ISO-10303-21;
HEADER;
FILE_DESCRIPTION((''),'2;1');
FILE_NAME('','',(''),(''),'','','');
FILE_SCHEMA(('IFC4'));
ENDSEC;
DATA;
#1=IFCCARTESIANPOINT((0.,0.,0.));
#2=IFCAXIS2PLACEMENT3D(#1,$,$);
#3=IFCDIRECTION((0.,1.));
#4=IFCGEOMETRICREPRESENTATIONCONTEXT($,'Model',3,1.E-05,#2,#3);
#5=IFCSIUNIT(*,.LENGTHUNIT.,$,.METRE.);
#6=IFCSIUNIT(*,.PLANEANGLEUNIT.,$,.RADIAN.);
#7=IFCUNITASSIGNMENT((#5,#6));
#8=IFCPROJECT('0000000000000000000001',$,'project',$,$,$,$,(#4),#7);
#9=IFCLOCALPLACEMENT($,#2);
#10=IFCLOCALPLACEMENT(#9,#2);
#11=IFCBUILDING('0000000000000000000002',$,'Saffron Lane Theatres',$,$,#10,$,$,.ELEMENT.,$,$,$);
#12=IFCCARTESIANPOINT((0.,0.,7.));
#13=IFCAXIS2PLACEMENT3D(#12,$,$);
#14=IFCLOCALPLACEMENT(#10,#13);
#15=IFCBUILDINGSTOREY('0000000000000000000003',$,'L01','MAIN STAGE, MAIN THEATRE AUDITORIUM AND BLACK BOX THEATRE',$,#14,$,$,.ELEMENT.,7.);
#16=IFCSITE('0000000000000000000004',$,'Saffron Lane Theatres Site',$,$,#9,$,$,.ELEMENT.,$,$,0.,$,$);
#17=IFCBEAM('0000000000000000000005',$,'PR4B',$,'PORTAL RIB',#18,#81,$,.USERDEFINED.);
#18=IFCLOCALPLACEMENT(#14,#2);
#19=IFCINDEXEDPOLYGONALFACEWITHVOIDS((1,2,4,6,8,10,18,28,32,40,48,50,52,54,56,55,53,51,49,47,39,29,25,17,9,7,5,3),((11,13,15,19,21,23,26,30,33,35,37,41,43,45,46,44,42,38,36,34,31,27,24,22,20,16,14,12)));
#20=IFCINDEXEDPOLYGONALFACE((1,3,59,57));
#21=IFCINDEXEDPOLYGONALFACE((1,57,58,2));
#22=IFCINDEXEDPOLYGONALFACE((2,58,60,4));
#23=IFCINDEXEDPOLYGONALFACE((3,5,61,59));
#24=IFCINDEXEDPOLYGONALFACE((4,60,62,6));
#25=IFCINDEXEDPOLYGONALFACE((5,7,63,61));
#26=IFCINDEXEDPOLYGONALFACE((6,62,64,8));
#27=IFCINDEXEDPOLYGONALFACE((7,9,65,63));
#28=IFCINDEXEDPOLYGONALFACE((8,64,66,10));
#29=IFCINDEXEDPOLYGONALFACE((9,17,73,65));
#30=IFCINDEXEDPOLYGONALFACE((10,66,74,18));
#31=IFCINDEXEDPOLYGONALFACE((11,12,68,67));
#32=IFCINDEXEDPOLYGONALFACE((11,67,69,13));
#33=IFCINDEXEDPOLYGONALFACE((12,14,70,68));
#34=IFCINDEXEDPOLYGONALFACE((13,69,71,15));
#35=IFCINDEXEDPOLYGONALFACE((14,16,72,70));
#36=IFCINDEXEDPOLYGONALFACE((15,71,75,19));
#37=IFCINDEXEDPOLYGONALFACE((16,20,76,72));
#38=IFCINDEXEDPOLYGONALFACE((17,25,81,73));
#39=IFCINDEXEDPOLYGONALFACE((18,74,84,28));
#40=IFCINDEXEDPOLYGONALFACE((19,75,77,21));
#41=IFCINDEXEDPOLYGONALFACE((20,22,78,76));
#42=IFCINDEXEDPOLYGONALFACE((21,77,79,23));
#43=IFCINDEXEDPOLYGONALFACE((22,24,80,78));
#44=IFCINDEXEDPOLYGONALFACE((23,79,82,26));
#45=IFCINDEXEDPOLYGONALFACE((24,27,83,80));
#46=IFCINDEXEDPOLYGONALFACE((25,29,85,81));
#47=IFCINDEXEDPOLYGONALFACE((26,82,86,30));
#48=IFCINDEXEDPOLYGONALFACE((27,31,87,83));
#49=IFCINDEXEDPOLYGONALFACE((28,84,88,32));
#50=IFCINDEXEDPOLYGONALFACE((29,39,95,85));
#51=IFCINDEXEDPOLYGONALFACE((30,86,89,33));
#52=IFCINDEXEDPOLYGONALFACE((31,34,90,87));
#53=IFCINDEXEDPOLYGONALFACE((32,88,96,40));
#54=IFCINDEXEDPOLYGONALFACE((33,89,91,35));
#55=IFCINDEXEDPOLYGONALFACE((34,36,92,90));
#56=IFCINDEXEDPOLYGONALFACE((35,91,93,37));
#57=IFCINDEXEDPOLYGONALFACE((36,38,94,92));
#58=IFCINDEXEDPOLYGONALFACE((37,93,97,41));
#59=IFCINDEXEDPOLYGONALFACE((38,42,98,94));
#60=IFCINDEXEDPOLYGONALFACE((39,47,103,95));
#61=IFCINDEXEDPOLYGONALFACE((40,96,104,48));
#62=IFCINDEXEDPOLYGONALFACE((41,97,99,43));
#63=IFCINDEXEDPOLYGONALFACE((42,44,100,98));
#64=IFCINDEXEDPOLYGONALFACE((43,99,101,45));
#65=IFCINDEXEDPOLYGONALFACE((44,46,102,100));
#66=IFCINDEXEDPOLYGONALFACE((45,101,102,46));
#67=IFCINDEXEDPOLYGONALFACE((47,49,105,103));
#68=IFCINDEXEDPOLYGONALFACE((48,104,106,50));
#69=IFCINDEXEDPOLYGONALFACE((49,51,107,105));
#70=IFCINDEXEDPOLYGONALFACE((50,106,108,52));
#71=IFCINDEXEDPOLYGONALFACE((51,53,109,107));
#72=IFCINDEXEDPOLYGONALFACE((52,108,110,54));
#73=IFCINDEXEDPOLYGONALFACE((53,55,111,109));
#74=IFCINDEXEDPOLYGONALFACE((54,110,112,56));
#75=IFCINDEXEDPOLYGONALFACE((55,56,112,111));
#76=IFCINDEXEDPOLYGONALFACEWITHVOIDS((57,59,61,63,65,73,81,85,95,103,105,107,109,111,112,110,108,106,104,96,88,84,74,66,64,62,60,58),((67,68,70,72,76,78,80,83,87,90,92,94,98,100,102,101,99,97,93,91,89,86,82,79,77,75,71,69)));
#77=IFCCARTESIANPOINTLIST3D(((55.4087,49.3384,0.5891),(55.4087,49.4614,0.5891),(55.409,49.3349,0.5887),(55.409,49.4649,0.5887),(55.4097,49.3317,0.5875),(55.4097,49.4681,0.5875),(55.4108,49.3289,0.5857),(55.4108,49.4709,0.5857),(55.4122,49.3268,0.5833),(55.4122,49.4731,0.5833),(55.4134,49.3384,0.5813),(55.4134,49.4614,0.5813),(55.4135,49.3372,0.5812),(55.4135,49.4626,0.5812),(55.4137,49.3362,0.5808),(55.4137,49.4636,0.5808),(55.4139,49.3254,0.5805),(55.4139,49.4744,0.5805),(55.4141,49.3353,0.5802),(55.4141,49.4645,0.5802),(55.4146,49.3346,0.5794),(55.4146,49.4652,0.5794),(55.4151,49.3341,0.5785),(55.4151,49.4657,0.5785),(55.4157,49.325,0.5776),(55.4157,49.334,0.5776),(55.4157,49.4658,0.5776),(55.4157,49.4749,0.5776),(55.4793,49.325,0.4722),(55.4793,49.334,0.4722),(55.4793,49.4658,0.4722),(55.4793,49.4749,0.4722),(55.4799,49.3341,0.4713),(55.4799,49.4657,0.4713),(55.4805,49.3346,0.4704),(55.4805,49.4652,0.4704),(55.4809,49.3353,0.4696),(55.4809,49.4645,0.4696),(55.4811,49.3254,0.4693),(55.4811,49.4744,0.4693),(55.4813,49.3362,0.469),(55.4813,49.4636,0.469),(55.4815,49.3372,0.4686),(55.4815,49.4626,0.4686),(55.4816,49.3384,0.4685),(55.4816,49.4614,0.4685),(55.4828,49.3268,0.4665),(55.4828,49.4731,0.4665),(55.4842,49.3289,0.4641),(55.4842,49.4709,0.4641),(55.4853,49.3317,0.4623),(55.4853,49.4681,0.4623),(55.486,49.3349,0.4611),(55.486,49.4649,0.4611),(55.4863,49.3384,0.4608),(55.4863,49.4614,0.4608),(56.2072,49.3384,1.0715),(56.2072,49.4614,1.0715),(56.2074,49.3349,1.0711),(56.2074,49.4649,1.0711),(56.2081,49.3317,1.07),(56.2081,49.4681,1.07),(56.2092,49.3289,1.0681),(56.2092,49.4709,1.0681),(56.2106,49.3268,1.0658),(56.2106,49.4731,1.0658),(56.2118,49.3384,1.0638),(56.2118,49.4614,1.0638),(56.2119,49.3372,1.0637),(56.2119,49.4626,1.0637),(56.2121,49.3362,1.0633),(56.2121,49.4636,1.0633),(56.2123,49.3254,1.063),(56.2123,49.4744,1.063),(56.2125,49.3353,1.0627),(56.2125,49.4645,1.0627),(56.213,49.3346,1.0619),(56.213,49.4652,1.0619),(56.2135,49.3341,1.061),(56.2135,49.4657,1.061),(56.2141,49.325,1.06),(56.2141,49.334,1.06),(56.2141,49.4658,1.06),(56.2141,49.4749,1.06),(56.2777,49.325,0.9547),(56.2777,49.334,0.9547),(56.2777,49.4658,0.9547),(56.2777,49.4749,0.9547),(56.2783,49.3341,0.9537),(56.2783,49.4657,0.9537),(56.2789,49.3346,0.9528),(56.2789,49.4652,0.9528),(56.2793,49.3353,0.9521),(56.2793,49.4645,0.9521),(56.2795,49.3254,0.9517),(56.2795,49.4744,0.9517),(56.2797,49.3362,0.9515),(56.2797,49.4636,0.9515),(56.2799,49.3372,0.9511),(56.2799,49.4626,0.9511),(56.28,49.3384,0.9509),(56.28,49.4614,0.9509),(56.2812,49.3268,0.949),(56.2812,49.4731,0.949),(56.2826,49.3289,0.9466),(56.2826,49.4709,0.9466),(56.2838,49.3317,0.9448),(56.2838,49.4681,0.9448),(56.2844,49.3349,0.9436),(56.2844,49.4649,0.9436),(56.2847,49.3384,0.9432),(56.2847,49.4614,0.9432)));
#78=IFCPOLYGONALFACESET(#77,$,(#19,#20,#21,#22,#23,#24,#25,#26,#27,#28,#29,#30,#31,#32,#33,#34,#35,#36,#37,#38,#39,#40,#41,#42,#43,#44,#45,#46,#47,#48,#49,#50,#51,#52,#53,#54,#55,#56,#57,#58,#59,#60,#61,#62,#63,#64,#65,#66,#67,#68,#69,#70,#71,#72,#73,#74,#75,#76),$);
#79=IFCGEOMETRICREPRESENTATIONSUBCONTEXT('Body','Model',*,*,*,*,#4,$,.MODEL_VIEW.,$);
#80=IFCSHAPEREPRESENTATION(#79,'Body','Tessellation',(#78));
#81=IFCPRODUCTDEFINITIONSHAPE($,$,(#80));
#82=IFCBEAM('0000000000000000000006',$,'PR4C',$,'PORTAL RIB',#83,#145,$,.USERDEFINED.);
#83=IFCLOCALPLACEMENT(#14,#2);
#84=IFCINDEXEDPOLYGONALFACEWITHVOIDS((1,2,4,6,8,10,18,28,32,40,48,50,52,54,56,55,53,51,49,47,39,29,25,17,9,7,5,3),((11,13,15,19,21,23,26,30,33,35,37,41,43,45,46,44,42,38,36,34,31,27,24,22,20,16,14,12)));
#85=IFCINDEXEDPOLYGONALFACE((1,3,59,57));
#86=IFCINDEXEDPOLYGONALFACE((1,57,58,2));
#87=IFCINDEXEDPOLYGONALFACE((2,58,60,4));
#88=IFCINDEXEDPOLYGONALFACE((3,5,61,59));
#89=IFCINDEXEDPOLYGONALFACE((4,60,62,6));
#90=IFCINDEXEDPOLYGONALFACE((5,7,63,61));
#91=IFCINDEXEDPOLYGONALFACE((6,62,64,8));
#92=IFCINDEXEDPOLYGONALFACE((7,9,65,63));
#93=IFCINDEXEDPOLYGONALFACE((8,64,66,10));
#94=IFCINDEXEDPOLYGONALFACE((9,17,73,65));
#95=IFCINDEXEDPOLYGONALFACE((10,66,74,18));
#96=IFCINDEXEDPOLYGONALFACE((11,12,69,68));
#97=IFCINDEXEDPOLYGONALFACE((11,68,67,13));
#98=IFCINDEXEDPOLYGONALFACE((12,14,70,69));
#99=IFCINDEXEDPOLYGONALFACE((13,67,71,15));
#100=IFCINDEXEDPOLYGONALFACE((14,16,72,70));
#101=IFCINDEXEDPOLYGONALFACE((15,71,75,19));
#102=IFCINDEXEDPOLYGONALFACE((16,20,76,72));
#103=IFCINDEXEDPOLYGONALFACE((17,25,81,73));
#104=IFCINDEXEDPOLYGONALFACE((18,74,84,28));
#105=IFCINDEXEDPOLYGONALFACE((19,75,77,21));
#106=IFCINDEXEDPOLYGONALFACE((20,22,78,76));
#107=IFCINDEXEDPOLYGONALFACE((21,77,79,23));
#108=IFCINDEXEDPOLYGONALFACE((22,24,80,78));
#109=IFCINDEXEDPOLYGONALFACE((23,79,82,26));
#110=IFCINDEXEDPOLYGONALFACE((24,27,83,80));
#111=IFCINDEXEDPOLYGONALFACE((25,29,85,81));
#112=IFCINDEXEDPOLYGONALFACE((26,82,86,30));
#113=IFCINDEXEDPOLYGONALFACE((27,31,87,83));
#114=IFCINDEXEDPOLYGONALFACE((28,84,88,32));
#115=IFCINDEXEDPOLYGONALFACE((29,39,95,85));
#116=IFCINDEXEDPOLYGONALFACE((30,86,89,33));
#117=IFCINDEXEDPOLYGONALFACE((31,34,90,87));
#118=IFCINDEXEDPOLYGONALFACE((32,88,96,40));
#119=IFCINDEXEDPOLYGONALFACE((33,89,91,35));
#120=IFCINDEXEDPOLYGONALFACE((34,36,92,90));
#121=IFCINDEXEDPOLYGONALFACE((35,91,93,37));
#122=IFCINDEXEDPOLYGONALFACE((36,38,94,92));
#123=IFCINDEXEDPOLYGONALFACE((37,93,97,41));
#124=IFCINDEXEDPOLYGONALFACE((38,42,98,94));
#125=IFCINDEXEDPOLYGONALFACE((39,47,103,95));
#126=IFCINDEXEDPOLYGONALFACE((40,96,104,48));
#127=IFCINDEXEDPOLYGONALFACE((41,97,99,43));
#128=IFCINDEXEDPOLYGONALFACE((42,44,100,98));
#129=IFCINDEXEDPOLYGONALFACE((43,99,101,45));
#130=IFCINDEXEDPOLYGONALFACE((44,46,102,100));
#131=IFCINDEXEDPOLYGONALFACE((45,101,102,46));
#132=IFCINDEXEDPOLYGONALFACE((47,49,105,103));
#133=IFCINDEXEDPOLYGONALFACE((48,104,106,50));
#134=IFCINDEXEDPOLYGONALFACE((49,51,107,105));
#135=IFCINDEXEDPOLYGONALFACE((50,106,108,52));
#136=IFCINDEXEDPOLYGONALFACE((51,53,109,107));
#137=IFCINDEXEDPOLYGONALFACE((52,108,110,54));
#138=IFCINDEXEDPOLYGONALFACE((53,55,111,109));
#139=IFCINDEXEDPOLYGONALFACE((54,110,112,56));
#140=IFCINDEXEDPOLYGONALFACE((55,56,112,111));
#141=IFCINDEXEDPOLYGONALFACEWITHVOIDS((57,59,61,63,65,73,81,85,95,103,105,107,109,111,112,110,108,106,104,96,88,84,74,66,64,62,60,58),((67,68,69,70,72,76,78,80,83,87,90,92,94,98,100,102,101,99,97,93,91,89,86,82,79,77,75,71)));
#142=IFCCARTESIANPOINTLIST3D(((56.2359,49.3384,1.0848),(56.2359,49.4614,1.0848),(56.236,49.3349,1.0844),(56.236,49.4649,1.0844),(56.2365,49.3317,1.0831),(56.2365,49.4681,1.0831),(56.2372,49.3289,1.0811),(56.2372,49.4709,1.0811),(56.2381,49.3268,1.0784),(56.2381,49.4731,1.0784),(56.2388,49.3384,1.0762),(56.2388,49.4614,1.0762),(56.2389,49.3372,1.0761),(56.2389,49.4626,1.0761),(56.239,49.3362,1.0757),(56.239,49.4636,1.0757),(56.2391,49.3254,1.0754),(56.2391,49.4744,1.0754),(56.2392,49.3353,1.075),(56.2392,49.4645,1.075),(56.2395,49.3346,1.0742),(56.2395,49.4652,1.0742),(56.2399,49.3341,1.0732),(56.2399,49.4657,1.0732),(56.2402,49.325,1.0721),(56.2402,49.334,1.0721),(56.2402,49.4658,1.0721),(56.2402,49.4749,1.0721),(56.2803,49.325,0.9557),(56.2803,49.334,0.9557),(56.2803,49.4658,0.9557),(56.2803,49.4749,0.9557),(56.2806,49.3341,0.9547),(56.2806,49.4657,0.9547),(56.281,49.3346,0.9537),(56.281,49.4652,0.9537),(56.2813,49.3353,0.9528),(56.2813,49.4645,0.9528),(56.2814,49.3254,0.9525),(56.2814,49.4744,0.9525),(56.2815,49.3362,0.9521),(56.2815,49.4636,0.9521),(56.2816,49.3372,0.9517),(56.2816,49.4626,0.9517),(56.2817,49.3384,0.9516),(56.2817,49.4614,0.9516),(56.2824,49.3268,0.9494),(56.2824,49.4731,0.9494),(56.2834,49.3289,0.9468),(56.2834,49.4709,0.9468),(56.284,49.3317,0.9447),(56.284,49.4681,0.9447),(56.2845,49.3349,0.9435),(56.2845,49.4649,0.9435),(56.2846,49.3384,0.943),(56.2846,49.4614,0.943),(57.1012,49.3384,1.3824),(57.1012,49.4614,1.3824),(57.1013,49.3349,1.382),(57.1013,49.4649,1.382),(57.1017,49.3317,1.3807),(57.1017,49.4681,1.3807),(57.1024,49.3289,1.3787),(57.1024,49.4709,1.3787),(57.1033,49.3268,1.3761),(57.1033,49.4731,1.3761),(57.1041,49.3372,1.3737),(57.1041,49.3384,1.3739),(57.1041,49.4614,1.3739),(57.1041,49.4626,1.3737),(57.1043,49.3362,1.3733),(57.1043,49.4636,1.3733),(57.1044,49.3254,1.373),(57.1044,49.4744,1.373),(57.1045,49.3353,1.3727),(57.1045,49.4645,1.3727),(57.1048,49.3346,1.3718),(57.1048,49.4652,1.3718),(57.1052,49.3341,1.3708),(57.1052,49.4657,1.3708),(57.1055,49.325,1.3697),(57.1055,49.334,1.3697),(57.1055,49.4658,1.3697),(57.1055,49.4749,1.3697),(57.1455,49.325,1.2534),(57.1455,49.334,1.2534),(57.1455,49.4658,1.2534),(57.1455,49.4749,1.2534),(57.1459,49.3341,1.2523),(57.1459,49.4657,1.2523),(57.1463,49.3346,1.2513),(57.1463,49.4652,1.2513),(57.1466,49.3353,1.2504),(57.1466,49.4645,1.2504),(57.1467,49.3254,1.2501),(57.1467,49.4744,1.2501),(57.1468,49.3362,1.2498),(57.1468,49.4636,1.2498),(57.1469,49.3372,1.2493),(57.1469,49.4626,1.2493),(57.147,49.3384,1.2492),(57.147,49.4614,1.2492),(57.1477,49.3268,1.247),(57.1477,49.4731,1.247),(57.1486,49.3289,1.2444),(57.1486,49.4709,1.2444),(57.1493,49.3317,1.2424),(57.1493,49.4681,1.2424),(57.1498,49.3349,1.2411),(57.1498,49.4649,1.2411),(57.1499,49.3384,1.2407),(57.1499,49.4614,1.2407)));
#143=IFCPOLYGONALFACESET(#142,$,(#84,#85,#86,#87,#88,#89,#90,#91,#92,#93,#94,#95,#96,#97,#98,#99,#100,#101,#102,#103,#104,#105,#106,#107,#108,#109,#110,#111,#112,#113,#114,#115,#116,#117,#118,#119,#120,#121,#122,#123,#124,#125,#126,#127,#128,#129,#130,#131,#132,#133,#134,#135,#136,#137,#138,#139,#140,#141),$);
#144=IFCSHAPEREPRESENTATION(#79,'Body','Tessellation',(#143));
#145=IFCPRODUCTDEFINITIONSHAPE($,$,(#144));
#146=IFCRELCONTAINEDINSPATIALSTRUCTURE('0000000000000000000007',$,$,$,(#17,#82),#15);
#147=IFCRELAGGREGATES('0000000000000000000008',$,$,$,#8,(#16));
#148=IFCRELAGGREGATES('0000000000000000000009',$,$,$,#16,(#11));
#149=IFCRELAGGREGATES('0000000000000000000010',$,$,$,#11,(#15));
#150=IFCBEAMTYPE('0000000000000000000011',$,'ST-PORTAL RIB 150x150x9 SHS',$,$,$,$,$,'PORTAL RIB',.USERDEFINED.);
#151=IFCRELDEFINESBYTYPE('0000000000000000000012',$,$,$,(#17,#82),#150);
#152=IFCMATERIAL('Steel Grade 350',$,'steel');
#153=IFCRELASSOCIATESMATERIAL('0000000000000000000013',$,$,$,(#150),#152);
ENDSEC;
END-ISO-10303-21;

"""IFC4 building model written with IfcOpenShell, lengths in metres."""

from ifc_helpers import new_model, si_unit, direction, frame, origin, origin_2d, place, context, subcontext, project, spatial, hollow_rectangle, extrude, material, material_profile, profile_set, type_object, element, save


model = new_model("IFC4")

# Units and contexts
model_context = context("Model", 3, precision=1e-05, world=origin(), true_north=direction((0.0, 1.0)))
body_context = subcontext(model_context, "Body", "Model", "MODEL_VIEW")
ifc_project = project(units=[si_unit("LENGTHUNIT", "METRE"), si_unit("PLANEANGLEUNIT", "RADIAN")], contexts=[model_context])

# Site, building, storey
site_placement = place(None, origin())
site = spatial("IfcSite", under=ifc_project, at=site_placement, Name="Saffron Lane Theatres Site", CompositionType="ELEMENT", RefElevation=0.0)
building_placement = place(site_placement, origin())
building = spatial("IfcBuilding", under=site, at=building_placement, Name="Saffron Lane Theatres", CompositionType="ELEMENT")
storey_placement = place(building_placement, frame((0.0, 0.0, 7.0)))
storey = spatial("IfcBuildingStorey", under=building, at=storey_placement, Name="L01", Description="MAIN STAGE, MAIN THEATRE AUDITORIUM AND BLACK BOX THEATRE", CompositionType="ELEMENT", Elevation=7.0)

# Beams
ifc_material_1 = material(Name="Steel Grade 350", Category="steel")
ifc_material_profile_1 = material_profile(ifc_material_1, hollow_rectangle(XDim=0.1499, YDim=0.1499, WallThickness=0.009, InnerFilletRadius=0.0044, OuterFilletRadius=0.0134, at=origin_2d()))
ifc_profile_set_1 = profile_set([ifc_material_profile_1], Name="Steel Grade 350")
beam_type_1 = type_object("IfcBeamType", Name="ST-PORTAL RIB 150x150x9 SHS", ElementType="PORTAL RIB", PredefinedType="USERDEFINED", material=ifc_profile_set_1)
beam_1_placement = place(storey_placement, frame((55.4475, 49.3999, 0.5249), z_axis=(0.855872, 0.0, 0.517188), x_axis=(0.0, 1.0, 0.0)))
element("IfcBeam", 1, at=beam_1_placement, inside=storey, type_object=beam_type_1, Name="PR4B", ObjectType="PORTAL RIB", PredefinedType="USERDEFINED", context=body_context, shape_type="SweptSolid", body=[
    extrude(hollow_rectangle(XDim=0.1499, YDim=0.1499, WallThickness=0.009, InnerFilletRadius=0.0044, OuterFilletRadius=0.0134, at=origin_2d()), origin(), (0.0, 0.0, 1.0), 0.9329),
])
beam_2_placement = place(storey_placement, frame((56.2603, 49.3999, 1.0139), z_axis=(0.945625, 0.0, 0.325259), x_axis=(0.0, 1.0, 0.0)))
element("IfcBeam", 2, at=beam_2_placement, inside=storey, type_object=beam_type_1, Name="PR4C", ObjectType="PORTAL RIB", PredefinedType="USERDEFINED", context=body_context, shape_type="SweptSolid", body=[
    extrude(hollow_rectangle(XDim=0.1499, YDim=0.1499, WallThickness=0.009, InnerFilletRadius=0.0044, OuterFilletRadius=0.0134, at=origin_2d()), origin(), (0.0, 0.0, 1.0), 0.915),
])

save(model, "model.ifc")
